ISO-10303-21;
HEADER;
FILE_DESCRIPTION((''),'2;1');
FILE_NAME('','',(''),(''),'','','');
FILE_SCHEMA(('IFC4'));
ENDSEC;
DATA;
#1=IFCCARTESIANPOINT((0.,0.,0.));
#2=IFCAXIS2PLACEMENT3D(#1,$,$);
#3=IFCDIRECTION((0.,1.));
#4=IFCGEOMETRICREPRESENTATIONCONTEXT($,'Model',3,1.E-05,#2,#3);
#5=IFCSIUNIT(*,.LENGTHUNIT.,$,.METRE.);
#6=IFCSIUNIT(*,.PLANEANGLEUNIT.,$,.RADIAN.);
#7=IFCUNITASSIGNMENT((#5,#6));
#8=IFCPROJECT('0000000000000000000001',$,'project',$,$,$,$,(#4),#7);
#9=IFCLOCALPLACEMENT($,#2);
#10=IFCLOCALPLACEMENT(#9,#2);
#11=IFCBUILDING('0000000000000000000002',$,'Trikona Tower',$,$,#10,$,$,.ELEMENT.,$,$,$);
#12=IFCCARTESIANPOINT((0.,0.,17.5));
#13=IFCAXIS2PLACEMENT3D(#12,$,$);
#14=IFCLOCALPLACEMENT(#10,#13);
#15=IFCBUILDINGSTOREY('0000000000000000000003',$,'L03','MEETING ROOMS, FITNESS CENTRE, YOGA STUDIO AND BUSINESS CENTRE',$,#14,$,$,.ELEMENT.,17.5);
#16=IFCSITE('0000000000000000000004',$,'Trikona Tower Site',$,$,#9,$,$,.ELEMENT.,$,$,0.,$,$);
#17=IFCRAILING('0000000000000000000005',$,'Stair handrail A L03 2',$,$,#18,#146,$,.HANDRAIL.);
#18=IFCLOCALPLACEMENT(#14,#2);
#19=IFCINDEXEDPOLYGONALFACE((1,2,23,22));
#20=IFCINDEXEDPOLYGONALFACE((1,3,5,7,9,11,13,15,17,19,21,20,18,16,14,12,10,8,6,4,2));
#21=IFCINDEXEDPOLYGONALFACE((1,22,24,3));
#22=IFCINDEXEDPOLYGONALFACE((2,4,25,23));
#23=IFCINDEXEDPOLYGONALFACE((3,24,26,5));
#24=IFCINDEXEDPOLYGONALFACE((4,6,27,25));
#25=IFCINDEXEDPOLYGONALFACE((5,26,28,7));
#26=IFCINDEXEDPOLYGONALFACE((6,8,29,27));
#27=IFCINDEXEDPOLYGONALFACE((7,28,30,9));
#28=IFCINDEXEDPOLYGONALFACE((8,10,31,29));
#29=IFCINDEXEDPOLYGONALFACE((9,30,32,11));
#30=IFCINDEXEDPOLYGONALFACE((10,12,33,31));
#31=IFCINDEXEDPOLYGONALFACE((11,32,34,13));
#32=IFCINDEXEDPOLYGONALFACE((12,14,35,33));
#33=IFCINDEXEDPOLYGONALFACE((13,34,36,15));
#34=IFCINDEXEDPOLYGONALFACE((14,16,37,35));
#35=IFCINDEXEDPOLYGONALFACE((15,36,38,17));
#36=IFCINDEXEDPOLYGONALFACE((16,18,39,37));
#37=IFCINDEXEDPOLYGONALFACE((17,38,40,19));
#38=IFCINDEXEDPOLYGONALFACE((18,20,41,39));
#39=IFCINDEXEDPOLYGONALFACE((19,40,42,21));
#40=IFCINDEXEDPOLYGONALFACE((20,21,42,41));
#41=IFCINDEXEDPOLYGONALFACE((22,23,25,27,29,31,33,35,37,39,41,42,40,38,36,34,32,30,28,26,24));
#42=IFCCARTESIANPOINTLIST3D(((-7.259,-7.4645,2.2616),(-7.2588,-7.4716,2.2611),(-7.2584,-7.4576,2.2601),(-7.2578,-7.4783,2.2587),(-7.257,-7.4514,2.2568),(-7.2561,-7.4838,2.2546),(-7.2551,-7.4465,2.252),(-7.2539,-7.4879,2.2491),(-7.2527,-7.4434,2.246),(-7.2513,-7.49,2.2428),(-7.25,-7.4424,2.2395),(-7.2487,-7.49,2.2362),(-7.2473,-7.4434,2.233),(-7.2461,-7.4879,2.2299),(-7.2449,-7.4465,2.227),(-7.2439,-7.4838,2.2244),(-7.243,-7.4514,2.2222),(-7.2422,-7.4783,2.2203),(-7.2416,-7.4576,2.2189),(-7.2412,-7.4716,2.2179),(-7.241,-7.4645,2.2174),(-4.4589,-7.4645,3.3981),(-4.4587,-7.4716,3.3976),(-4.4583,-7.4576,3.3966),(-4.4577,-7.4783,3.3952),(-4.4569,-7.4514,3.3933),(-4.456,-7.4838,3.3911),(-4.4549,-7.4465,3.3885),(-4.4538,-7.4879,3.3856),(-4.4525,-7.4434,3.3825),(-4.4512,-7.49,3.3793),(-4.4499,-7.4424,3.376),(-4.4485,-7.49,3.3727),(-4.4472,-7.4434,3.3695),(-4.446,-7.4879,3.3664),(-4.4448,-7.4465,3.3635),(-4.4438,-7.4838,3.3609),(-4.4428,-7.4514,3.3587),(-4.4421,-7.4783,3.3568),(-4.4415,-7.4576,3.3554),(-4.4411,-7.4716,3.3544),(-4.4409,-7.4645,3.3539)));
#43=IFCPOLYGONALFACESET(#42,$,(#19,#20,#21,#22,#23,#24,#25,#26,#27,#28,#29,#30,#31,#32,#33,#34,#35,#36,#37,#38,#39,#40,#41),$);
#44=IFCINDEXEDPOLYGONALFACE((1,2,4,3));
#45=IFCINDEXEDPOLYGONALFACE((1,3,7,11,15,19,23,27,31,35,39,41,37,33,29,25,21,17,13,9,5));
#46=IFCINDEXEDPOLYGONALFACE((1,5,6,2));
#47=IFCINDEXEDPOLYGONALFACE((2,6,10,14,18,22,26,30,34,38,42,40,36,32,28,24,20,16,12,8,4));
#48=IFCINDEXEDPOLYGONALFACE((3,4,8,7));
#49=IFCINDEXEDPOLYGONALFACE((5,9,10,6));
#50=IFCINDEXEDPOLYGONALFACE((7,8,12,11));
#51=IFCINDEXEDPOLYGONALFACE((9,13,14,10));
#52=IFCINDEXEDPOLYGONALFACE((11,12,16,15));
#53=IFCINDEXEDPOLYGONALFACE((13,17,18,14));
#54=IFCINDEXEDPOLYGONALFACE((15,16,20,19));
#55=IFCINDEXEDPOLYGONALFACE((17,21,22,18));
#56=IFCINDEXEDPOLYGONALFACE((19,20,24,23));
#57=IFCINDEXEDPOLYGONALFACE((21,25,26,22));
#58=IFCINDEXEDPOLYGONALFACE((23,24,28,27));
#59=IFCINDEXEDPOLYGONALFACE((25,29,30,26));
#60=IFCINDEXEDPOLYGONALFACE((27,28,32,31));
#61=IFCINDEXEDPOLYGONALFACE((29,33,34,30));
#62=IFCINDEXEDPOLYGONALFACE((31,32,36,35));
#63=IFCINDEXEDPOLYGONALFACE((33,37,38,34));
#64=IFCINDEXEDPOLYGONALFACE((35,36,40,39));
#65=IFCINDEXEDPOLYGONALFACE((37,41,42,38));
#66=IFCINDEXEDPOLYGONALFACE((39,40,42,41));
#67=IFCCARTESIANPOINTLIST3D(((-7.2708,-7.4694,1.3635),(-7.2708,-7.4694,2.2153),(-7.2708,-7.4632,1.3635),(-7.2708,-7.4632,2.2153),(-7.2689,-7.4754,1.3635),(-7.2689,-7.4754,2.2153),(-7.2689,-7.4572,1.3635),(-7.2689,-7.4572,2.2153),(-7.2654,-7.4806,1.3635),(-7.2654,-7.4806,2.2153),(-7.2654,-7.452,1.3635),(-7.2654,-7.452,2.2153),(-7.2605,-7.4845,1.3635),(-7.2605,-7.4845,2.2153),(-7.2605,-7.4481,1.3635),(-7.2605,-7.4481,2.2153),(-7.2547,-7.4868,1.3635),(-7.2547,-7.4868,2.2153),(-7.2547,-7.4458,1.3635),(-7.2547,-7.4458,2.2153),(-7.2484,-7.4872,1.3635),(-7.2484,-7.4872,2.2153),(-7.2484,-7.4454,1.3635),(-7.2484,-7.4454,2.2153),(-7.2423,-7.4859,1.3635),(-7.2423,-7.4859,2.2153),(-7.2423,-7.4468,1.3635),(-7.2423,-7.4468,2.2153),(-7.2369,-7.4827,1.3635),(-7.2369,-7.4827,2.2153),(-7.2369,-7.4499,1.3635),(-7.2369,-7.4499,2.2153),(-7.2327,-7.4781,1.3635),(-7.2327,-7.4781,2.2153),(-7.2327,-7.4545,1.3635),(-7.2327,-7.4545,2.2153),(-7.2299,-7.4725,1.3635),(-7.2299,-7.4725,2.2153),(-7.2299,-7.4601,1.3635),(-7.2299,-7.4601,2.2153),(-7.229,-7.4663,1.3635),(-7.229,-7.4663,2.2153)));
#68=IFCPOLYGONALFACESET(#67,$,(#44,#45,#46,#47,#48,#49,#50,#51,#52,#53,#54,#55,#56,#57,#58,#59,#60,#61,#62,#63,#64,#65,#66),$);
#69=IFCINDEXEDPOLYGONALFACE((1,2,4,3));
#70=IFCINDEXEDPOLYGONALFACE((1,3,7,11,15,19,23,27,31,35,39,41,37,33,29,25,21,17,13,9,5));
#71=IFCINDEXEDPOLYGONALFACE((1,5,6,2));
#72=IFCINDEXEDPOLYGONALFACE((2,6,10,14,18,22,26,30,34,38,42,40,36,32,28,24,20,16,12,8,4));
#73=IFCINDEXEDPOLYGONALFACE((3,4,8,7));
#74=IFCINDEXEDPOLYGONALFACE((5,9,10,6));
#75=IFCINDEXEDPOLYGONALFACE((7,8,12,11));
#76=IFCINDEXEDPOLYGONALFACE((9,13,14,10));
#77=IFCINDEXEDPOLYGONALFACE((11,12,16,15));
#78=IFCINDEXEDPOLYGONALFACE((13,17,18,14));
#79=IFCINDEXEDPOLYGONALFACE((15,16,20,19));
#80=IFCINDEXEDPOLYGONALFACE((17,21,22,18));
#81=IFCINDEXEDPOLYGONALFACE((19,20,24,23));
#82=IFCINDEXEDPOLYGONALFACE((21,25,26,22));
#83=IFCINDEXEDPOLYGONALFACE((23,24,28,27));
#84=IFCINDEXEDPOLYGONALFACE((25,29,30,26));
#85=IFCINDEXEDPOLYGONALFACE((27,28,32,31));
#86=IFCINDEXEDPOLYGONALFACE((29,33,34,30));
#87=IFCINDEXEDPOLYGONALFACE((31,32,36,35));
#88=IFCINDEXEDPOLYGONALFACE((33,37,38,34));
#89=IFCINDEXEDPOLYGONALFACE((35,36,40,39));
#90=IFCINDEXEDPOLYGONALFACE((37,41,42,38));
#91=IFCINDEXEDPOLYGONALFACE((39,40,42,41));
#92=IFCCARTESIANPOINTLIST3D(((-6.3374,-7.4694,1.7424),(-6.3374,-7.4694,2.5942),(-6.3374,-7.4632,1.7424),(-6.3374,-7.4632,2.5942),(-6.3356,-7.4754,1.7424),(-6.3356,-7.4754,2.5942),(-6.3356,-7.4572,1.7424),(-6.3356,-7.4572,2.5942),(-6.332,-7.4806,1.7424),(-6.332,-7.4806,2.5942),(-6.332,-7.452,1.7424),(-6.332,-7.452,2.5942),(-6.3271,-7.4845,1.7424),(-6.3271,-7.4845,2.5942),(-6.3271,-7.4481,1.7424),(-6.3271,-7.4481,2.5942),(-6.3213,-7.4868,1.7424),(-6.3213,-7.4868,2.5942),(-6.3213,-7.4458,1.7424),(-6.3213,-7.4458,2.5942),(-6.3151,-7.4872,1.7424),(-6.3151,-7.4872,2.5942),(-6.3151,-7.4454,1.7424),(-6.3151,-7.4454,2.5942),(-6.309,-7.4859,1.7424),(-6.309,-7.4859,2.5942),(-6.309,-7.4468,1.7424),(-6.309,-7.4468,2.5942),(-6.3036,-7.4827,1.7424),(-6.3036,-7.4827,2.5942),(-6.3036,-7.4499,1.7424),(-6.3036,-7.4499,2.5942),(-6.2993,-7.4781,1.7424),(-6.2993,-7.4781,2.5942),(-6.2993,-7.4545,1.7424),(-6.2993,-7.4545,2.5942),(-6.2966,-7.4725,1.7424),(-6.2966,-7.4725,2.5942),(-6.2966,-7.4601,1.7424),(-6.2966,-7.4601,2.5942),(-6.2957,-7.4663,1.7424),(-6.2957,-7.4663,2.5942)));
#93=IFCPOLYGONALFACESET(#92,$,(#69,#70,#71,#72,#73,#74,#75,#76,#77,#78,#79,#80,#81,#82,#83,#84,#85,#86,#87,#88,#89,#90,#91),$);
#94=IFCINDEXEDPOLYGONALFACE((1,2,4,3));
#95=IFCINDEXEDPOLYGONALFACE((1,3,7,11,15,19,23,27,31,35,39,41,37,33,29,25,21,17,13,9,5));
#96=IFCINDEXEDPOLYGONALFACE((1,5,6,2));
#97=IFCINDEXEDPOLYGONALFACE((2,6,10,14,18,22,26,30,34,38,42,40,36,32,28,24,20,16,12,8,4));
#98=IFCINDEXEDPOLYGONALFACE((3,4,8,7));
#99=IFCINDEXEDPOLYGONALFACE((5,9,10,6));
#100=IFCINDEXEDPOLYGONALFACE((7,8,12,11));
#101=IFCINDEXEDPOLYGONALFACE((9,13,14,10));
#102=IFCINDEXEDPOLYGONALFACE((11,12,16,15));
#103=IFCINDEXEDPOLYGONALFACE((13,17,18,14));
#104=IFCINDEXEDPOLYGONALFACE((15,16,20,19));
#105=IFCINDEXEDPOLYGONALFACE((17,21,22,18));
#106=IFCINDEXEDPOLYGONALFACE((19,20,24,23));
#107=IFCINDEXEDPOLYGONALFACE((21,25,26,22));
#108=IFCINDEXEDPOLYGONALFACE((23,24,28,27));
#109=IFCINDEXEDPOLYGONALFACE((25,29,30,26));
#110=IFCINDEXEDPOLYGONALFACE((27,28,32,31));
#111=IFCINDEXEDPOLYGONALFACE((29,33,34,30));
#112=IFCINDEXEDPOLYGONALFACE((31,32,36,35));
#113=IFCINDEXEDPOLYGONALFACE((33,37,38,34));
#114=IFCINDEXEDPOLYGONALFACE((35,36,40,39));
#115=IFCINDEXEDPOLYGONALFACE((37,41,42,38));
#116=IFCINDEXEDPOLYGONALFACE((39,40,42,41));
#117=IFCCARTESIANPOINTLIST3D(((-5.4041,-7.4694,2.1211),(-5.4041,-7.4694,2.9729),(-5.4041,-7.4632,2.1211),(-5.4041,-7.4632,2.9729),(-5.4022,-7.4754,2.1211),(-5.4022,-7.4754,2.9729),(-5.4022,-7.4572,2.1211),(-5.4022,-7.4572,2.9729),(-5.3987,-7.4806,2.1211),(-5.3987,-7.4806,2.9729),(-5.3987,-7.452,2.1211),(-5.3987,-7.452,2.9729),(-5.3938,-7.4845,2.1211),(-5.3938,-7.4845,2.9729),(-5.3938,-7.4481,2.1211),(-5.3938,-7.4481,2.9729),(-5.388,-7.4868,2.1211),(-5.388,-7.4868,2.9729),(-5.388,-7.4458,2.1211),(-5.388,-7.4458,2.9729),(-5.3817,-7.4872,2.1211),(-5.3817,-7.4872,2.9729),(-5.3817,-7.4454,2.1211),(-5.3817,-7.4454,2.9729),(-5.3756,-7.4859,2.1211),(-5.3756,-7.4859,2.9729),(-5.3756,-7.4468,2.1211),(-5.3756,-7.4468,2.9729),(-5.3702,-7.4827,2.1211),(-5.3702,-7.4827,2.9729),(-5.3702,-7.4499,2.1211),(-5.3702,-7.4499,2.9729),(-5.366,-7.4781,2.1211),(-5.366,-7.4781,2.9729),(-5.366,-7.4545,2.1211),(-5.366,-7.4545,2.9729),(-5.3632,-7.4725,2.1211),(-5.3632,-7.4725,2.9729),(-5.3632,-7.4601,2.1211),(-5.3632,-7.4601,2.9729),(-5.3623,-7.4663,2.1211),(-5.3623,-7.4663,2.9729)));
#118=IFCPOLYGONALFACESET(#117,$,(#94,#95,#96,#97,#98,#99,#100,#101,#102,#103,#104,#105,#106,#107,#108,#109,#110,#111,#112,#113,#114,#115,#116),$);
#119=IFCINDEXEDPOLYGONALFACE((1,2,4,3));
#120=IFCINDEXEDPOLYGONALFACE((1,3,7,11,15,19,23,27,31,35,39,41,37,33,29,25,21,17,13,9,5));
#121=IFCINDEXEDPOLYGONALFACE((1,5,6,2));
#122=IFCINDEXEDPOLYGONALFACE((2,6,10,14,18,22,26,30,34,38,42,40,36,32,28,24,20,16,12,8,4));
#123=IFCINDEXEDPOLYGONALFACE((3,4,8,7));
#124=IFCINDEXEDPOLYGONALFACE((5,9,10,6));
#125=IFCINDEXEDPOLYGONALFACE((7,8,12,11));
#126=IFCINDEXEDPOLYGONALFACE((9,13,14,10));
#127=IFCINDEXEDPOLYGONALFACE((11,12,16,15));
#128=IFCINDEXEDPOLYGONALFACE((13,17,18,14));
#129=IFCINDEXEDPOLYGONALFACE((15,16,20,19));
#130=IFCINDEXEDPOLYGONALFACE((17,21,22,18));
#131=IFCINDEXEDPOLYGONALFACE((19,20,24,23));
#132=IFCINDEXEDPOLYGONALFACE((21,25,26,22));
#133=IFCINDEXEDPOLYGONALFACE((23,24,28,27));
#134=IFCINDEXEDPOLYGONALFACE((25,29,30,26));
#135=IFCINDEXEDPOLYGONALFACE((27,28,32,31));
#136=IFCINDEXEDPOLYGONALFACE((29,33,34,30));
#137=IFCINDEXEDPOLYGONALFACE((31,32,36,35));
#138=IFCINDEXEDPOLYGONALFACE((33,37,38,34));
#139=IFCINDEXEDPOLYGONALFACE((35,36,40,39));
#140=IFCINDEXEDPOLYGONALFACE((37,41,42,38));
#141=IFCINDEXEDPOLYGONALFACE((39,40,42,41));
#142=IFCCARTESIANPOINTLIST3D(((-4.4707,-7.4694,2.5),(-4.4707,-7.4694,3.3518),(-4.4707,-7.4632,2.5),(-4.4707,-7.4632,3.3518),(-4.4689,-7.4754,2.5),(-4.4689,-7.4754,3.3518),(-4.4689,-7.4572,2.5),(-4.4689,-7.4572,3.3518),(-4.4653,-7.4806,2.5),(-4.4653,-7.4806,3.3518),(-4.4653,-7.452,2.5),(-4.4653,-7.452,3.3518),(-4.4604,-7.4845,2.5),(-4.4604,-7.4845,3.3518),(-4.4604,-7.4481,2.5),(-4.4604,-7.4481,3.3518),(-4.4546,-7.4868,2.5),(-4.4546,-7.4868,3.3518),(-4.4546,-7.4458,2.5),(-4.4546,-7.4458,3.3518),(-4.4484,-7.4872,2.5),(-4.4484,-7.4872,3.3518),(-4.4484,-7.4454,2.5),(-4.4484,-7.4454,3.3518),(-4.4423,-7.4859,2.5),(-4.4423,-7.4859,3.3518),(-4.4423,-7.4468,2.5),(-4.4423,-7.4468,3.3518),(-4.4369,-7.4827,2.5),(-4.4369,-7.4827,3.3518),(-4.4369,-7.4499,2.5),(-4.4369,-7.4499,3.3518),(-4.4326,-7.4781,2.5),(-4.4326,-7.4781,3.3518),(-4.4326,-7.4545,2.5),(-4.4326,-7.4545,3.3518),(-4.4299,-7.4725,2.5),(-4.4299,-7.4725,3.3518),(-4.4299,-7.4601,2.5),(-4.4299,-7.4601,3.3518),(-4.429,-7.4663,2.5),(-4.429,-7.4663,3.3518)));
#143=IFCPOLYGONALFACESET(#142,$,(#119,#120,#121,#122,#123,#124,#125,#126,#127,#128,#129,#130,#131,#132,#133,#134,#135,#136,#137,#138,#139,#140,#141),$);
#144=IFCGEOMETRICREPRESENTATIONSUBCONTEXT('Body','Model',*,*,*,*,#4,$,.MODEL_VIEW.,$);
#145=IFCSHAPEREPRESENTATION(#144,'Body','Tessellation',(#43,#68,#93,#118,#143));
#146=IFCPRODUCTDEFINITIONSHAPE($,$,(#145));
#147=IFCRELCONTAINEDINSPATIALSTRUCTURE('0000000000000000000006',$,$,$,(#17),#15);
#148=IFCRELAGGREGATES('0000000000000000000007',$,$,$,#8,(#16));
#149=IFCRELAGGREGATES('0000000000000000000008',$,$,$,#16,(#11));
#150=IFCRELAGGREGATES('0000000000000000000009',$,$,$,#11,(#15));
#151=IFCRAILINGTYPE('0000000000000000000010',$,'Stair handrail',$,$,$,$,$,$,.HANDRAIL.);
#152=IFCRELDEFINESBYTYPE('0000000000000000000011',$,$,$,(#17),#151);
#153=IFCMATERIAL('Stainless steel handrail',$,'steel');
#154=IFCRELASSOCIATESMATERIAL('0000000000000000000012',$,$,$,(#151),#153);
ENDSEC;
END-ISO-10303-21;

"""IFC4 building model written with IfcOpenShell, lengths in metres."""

from ifc_helpers import new_model, si_unit, direction, frame, origin, origin_2d, place, context, subcontext, project, spatial, circle, extrude, material, type_object, element, save


model = new_model("IFC4")

# Units and contexts
model_context = context("Model", 3, precision=1e-05, world=origin(), true_north=direction((0.0, 1.0)))
body_context = subcontext(model_context, "Body", "Model", "MODEL_VIEW")
ifc_project = project(units=[si_unit("LENGTHUNIT", "METRE"), si_unit("PLANEANGLEUNIT", "RADIAN")], contexts=[model_context])

# Site, building, storey
site_placement = place(None, origin())
site = spatial("IfcSite", under=ifc_project, at=site_placement, Name="Trikona Tower Site", CompositionType="ELEMENT", RefElevation=0.0)
building_placement = place(site_placement, origin())
building = spatial("IfcBuilding", under=site, at=building_placement, Name="Trikona Tower", CompositionType="ELEMENT")
storey_placement = place(building_placement, frame((0.0, 0.0, 17.5)))
storey = spatial("IfcBuildingStorey", under=building, at=storey_placement, Name="L03", Description="MEETING ROOMS, FITNESS CENTRE, YOGA STUDIO AND BUSINESS CENTRE", CompositionType="ELEMENT", Elevation=17.5)

# Railing
ifc_material_1 = material(Name="Stainless steel handrail", Category="steel")
railing_type = type_object("IfcRailingType", Name="Stair handrail", PredefinedType="HANDRAIL", material=ifc_material_1)
railing_1_placement = place(storey_placement, frame((-7.25, -7.4663, 1.3635)))
element("IfcRailing", 1, at=railing_1_placement, inside=storey, type_object=railing_type, Name="Stair handrail A L03 2", PredefinedType="HANDRAIL", context=body_context, shape_type="SweptSolid", body=[
    extrude(circle(Radius=0.0239, at=origin_2d()), frame((0.0, 0.0, 0.876), z_axis=(0.926587, 0.0, 0.37608), x_axis=(0.0, 1.0, 0.0)), (0.0, 0.0, 1.0), 3.022),
    extrude(circle(Radius=0.021, at=origin_2d()), origin(), (0.0, 0.0, 1.0), 0.8518),
    extrude(circle(Radius=0.021, at=origin_2d()), frame((0.9333, 0.0, 0.3789)), (0.0, 0.0, 1.0), 0.8518),
    extrude(circle(Radius=0.021, at=origin_2d()), frame((1.8667, 0.0, 0.7576)), (0.0, 0.0, 1.0), 0.8518),
    extrude(circle(Radius=0.021, at=origin_2d()), frame((2.8, 0.0, 1.1365)), (0.0, 0.0, 1.0), 0.8518),
])

save(model, "model.ifc")
